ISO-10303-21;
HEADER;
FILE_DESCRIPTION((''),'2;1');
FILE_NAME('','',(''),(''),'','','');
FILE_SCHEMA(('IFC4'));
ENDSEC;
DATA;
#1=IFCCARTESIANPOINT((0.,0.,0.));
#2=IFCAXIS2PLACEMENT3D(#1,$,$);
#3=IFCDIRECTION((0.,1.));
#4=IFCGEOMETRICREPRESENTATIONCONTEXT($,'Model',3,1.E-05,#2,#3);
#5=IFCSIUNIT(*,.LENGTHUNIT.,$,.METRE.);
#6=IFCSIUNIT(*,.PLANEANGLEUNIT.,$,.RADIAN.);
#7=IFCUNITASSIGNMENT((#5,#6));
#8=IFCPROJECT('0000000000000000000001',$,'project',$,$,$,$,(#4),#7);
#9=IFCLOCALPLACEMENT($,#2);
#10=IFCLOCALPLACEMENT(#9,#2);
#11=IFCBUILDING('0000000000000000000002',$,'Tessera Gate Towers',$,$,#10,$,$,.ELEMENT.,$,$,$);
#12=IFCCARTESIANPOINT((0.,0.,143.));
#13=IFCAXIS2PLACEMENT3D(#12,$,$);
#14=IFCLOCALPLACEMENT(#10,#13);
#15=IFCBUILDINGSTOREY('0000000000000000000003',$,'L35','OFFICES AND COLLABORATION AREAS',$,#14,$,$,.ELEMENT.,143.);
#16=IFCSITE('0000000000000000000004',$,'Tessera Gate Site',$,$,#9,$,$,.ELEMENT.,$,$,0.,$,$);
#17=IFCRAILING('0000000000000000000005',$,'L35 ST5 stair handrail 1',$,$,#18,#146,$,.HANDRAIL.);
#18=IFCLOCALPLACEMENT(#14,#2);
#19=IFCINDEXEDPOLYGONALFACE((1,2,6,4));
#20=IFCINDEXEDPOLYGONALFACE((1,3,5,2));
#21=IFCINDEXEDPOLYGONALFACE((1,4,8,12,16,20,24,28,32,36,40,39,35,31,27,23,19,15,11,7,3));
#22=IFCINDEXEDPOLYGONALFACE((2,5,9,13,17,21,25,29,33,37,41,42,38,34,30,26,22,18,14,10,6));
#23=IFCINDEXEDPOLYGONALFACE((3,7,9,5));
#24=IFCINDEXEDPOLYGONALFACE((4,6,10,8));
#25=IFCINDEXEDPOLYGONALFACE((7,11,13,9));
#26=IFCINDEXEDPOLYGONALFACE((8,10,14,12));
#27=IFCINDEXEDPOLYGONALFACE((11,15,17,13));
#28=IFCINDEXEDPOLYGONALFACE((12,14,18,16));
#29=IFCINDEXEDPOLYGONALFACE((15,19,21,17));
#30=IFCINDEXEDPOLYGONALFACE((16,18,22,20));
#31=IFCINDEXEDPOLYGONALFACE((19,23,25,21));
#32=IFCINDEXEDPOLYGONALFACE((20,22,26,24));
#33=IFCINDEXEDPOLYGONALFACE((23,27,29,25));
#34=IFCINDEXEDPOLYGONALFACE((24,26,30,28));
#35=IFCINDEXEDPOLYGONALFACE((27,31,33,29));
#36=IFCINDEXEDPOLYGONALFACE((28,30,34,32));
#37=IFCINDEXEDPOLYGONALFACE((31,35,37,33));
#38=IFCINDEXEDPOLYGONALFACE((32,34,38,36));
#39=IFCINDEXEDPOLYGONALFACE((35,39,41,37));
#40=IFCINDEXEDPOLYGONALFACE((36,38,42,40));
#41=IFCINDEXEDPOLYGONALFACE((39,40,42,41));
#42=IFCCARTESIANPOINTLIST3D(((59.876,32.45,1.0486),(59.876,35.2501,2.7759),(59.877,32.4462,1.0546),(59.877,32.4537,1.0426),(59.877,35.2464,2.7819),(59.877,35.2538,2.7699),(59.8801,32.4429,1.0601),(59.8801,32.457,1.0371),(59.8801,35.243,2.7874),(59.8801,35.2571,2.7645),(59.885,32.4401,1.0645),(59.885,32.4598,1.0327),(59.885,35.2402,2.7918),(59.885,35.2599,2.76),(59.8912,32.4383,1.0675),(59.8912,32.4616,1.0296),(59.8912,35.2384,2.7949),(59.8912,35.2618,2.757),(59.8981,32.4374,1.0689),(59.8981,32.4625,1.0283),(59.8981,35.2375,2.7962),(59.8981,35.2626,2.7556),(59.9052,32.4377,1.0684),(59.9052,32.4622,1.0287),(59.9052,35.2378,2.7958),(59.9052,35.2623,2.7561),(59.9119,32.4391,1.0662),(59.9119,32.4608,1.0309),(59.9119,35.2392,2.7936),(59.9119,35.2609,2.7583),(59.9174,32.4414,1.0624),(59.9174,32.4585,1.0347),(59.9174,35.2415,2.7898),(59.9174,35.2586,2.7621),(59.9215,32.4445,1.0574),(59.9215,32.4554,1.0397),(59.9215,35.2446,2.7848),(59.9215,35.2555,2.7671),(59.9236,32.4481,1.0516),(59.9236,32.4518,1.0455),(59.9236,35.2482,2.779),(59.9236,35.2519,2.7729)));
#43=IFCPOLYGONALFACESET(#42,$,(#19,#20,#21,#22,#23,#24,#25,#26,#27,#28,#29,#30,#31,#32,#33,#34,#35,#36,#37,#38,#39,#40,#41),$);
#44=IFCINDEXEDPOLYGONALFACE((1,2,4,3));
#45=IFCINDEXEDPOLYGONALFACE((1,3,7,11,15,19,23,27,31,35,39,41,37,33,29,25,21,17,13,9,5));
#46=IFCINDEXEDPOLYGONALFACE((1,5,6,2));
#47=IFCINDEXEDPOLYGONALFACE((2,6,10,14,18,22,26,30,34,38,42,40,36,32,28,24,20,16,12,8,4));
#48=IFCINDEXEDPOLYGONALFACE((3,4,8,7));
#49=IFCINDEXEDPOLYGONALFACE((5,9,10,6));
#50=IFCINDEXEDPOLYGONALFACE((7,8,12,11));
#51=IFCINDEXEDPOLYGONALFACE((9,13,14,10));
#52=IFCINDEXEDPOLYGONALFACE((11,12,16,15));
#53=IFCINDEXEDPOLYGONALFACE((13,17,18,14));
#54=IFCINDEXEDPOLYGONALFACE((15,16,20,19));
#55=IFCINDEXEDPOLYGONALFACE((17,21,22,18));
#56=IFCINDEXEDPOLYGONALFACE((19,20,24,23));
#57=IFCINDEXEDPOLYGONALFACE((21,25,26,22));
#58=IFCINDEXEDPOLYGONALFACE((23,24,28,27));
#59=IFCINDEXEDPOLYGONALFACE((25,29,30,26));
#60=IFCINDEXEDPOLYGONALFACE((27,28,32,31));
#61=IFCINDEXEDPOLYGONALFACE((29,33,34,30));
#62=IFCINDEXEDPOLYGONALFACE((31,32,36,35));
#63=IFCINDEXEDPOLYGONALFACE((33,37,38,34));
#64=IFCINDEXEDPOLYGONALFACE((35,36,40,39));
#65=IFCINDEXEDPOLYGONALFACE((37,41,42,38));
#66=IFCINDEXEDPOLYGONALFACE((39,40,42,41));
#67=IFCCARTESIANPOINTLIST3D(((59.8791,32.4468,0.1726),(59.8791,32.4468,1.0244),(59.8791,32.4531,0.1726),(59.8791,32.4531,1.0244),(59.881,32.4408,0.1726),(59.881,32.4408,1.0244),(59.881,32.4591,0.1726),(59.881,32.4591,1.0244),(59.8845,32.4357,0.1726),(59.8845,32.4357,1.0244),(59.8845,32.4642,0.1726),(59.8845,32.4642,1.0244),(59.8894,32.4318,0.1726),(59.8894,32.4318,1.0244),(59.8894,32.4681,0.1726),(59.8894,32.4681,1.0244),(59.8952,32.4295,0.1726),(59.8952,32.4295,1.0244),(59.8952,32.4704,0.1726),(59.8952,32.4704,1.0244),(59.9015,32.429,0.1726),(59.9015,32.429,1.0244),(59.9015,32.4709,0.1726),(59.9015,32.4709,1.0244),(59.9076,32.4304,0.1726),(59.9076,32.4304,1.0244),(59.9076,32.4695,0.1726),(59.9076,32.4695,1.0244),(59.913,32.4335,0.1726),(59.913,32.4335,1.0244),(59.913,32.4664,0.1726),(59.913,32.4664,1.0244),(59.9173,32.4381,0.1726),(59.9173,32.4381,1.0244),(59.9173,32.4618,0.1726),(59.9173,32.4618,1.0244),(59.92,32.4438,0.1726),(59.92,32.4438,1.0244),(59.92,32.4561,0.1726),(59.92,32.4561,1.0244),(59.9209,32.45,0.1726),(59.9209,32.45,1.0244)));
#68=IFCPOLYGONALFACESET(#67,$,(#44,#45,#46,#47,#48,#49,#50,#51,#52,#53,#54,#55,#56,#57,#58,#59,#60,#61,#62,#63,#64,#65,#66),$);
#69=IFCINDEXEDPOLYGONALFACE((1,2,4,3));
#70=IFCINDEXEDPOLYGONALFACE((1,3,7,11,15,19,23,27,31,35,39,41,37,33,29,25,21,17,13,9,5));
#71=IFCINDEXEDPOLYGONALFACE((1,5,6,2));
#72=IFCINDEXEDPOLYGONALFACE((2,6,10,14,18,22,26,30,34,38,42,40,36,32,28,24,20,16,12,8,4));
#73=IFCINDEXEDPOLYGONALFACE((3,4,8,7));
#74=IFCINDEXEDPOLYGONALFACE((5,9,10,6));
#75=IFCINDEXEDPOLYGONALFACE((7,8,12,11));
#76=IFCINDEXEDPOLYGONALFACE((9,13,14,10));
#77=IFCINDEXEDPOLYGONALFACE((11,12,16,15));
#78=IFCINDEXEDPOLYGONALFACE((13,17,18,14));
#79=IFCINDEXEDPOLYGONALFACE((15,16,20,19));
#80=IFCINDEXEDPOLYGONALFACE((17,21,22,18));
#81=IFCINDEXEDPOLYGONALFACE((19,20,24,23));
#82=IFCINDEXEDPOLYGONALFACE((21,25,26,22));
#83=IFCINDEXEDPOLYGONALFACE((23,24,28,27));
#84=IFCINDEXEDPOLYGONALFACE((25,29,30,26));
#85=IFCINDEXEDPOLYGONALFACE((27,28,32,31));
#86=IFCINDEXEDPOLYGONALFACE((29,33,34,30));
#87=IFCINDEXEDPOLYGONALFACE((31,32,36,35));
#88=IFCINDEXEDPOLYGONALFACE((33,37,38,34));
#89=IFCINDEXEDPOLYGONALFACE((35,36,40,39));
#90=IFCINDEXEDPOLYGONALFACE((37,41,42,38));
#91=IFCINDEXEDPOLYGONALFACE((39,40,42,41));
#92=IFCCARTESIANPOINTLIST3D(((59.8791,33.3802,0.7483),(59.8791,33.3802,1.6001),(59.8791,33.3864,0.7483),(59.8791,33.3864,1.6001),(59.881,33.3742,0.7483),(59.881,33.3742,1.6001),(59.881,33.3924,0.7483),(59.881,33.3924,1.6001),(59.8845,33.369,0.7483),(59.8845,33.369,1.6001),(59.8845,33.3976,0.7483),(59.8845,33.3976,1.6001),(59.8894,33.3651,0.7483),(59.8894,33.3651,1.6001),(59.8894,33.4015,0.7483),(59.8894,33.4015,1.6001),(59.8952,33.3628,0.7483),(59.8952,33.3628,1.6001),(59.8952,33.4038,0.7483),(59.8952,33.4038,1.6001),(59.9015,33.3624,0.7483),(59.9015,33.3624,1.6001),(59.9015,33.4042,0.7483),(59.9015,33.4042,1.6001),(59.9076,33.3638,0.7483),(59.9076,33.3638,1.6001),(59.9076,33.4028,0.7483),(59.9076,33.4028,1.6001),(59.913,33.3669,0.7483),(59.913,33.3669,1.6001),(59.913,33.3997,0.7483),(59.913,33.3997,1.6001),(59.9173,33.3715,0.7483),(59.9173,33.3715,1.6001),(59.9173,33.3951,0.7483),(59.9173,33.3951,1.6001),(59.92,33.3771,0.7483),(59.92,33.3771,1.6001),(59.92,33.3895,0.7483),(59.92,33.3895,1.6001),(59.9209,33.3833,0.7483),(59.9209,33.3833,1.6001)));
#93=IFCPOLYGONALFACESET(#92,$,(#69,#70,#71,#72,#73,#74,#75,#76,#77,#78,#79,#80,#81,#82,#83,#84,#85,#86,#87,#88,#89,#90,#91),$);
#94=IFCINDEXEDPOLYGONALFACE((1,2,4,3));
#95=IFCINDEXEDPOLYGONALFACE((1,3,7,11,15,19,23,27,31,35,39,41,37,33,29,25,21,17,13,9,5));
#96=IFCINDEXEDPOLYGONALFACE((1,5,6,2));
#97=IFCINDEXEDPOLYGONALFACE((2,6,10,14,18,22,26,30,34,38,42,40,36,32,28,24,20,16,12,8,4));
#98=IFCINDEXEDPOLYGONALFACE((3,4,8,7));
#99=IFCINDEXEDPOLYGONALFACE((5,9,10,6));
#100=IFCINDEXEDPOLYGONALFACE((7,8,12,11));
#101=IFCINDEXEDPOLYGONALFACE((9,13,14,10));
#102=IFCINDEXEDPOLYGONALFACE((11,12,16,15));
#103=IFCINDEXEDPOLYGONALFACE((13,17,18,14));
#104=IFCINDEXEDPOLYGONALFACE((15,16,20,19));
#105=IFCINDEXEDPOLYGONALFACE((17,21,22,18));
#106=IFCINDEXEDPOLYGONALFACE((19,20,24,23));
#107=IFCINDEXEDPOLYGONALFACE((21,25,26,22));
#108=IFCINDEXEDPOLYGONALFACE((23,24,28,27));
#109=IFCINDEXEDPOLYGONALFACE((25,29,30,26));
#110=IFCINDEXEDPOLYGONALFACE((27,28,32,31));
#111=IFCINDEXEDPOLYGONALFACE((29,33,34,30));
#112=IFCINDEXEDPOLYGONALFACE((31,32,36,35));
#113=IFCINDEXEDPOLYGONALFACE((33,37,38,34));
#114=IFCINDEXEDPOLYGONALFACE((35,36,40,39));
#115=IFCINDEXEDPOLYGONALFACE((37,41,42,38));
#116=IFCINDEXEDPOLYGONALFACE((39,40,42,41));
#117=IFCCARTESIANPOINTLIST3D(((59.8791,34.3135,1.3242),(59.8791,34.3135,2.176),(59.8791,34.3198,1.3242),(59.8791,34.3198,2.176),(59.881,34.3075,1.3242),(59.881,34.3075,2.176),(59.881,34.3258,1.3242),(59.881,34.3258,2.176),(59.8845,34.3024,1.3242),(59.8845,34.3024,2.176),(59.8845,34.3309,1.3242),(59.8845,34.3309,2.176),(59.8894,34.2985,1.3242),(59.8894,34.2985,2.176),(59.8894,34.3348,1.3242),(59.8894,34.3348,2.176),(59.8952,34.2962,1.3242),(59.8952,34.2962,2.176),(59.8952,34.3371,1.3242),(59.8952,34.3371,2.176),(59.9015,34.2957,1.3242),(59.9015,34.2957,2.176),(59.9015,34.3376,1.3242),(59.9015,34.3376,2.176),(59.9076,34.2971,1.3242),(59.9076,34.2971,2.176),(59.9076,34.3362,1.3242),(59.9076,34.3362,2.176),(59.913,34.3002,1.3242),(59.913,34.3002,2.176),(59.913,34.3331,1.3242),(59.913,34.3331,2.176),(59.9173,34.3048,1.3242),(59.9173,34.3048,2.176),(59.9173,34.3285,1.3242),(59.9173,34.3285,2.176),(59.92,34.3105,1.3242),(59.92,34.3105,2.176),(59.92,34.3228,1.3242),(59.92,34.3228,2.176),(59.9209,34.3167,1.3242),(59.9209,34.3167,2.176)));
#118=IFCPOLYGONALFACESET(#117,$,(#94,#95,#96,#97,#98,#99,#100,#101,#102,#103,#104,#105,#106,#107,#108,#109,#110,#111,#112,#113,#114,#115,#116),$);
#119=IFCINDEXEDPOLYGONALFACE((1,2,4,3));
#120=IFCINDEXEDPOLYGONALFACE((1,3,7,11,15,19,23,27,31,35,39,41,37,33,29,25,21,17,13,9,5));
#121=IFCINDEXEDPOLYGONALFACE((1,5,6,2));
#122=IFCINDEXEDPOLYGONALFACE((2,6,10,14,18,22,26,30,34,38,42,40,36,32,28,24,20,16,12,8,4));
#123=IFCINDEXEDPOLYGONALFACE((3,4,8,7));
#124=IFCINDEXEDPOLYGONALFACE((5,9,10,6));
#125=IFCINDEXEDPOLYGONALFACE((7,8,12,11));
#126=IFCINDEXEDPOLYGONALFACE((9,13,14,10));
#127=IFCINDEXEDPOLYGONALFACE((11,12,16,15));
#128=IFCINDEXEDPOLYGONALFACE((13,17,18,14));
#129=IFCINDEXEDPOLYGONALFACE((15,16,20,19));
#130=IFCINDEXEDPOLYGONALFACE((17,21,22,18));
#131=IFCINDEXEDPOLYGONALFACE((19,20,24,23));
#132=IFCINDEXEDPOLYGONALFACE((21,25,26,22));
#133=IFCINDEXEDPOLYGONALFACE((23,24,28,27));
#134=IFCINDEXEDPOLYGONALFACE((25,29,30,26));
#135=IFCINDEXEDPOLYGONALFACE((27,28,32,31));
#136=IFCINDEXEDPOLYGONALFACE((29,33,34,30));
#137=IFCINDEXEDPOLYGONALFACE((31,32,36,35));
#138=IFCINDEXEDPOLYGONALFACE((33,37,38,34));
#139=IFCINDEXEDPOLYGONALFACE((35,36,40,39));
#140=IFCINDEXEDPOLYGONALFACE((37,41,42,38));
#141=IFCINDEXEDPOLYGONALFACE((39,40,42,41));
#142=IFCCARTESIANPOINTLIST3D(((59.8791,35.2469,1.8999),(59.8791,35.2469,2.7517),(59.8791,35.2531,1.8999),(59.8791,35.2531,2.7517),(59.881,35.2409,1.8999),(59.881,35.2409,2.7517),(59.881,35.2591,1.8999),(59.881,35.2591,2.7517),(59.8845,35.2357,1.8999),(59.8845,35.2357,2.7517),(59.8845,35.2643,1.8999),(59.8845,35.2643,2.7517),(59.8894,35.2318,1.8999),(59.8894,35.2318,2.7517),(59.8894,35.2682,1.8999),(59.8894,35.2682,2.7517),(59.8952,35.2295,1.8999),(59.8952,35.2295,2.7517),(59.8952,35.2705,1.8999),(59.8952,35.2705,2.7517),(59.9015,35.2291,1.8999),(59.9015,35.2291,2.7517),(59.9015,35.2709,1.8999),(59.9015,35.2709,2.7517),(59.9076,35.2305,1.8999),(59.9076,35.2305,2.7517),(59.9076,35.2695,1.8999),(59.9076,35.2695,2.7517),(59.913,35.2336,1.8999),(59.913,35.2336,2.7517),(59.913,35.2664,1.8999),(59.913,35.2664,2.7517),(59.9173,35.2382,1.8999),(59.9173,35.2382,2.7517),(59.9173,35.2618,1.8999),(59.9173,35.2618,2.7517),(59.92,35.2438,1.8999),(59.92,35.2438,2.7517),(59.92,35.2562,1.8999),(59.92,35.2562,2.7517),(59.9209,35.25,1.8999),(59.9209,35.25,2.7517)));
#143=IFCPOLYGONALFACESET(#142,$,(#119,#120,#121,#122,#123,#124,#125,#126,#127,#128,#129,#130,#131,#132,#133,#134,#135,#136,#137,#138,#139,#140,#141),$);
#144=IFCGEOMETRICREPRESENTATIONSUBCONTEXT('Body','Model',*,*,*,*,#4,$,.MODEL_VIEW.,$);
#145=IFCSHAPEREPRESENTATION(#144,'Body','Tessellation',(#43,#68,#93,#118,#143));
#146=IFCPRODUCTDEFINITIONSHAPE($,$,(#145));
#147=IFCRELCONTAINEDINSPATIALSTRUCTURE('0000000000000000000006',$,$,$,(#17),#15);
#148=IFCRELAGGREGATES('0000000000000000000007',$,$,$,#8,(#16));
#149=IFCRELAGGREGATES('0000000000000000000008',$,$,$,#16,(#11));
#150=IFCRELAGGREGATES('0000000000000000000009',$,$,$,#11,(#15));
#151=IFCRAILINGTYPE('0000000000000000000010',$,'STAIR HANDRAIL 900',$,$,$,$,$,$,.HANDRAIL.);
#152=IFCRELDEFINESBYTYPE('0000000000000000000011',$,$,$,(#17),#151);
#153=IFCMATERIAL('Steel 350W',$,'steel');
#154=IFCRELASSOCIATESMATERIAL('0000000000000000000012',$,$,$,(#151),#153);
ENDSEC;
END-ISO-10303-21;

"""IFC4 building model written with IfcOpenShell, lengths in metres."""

from ifc_helpers import new_model, si_unit, direction, frame, origin, origin_2d, place, context, subcontext, project, spatial, circle, extrude, material, type_object, element, save


model = new_model("IFC4")

# Units and contexts
model_context = context("Model", 3, precision=1e-05, world=origin(), true_north=direction((0.0, 1.0)))
body_context = subcontext(model_context, "Body", "Model", "MODEL_VIEW")
ifc_project = project(units=[si_unit("LENGTHUNIT", "METRE"), si_unit("PLANEANGLEUNIT", "RADIAN")], contexts=[model_context])

# Site, building, storey
site_placement = place(None, origin())
site = spatial("IfcSite", under=ifc_project, at=site_placement, Name="Tessera Gate Site", CompositionType="ELEMENT", RefElevation=0.0)
building_placement = place(site_placement, origin())
building = spatial("IfcBuilding", under=site, at=building_placement, Name="Tessera Gate Towers", CompositionType="ELEMENT")
storey_placement = place(building_placement, frame((0.0, 0.0, 143.0)))
storey = spatial("IfcBuildingStorey", under=building, at=storey_placement, Name="L35", Description="OFFICES AND COLLABORATION AREAS", CompositionType="ELEMENT", Elevation=143.0)

# Railing
ifc_material_1 = material(Name="Steel 350W", Category="steel")
railing_type_1 = type_object("IfcRailingType", Name="STAIR HANDRAIL 900", PredefinedType="HANDRAIL", material=ifc_material_1)
for number, where, name in (
    (1, (59.8999, 32.45, 0.1726), "L35 ST5 stair handrail 1"),
):
    element("IfcRailing", number, at=place(storey_placement, frame(where)), inside=storey, type_object=railing_type_1, Name=name, PredefinedType="HANDRAIL", context=body_context, shape_type="SweptSolid", body=[
        extrude(circle(Radius=0.0239, at=origin_2d()), frame((0.0, 0.0, 0.876), z_axis=(0.0, 0.85109, 0.52502), x_axis=(-1.0, 0.0, 0.0)), (0.0, 0.0, 1.0), 3.29),
        extrude(circle(Radius=0.021, at=origin_2d()), origin(), (0.0, 0.0, 1.0), 0.8518),
        extrude(circle(Radius=0.021, at=origin_2d()), frame((0.0, 0.9333, 0.5757)), (0.0, 0.0, 1.0), 0.8518),
        extrude(circle(Radius=0.021, at=origin_2d()), frame((0.0, 1.8667, 1.1516)), (0.0, 0.0, 1.0), 0.8518),
        extrude(circle(Radius=0.021, at=origin_2d()), frame((0.0, 2.8, 1.7273)), (0.0, 0.0, 1.0), 0.8518),
    ])

save(model, "model.ifc")
